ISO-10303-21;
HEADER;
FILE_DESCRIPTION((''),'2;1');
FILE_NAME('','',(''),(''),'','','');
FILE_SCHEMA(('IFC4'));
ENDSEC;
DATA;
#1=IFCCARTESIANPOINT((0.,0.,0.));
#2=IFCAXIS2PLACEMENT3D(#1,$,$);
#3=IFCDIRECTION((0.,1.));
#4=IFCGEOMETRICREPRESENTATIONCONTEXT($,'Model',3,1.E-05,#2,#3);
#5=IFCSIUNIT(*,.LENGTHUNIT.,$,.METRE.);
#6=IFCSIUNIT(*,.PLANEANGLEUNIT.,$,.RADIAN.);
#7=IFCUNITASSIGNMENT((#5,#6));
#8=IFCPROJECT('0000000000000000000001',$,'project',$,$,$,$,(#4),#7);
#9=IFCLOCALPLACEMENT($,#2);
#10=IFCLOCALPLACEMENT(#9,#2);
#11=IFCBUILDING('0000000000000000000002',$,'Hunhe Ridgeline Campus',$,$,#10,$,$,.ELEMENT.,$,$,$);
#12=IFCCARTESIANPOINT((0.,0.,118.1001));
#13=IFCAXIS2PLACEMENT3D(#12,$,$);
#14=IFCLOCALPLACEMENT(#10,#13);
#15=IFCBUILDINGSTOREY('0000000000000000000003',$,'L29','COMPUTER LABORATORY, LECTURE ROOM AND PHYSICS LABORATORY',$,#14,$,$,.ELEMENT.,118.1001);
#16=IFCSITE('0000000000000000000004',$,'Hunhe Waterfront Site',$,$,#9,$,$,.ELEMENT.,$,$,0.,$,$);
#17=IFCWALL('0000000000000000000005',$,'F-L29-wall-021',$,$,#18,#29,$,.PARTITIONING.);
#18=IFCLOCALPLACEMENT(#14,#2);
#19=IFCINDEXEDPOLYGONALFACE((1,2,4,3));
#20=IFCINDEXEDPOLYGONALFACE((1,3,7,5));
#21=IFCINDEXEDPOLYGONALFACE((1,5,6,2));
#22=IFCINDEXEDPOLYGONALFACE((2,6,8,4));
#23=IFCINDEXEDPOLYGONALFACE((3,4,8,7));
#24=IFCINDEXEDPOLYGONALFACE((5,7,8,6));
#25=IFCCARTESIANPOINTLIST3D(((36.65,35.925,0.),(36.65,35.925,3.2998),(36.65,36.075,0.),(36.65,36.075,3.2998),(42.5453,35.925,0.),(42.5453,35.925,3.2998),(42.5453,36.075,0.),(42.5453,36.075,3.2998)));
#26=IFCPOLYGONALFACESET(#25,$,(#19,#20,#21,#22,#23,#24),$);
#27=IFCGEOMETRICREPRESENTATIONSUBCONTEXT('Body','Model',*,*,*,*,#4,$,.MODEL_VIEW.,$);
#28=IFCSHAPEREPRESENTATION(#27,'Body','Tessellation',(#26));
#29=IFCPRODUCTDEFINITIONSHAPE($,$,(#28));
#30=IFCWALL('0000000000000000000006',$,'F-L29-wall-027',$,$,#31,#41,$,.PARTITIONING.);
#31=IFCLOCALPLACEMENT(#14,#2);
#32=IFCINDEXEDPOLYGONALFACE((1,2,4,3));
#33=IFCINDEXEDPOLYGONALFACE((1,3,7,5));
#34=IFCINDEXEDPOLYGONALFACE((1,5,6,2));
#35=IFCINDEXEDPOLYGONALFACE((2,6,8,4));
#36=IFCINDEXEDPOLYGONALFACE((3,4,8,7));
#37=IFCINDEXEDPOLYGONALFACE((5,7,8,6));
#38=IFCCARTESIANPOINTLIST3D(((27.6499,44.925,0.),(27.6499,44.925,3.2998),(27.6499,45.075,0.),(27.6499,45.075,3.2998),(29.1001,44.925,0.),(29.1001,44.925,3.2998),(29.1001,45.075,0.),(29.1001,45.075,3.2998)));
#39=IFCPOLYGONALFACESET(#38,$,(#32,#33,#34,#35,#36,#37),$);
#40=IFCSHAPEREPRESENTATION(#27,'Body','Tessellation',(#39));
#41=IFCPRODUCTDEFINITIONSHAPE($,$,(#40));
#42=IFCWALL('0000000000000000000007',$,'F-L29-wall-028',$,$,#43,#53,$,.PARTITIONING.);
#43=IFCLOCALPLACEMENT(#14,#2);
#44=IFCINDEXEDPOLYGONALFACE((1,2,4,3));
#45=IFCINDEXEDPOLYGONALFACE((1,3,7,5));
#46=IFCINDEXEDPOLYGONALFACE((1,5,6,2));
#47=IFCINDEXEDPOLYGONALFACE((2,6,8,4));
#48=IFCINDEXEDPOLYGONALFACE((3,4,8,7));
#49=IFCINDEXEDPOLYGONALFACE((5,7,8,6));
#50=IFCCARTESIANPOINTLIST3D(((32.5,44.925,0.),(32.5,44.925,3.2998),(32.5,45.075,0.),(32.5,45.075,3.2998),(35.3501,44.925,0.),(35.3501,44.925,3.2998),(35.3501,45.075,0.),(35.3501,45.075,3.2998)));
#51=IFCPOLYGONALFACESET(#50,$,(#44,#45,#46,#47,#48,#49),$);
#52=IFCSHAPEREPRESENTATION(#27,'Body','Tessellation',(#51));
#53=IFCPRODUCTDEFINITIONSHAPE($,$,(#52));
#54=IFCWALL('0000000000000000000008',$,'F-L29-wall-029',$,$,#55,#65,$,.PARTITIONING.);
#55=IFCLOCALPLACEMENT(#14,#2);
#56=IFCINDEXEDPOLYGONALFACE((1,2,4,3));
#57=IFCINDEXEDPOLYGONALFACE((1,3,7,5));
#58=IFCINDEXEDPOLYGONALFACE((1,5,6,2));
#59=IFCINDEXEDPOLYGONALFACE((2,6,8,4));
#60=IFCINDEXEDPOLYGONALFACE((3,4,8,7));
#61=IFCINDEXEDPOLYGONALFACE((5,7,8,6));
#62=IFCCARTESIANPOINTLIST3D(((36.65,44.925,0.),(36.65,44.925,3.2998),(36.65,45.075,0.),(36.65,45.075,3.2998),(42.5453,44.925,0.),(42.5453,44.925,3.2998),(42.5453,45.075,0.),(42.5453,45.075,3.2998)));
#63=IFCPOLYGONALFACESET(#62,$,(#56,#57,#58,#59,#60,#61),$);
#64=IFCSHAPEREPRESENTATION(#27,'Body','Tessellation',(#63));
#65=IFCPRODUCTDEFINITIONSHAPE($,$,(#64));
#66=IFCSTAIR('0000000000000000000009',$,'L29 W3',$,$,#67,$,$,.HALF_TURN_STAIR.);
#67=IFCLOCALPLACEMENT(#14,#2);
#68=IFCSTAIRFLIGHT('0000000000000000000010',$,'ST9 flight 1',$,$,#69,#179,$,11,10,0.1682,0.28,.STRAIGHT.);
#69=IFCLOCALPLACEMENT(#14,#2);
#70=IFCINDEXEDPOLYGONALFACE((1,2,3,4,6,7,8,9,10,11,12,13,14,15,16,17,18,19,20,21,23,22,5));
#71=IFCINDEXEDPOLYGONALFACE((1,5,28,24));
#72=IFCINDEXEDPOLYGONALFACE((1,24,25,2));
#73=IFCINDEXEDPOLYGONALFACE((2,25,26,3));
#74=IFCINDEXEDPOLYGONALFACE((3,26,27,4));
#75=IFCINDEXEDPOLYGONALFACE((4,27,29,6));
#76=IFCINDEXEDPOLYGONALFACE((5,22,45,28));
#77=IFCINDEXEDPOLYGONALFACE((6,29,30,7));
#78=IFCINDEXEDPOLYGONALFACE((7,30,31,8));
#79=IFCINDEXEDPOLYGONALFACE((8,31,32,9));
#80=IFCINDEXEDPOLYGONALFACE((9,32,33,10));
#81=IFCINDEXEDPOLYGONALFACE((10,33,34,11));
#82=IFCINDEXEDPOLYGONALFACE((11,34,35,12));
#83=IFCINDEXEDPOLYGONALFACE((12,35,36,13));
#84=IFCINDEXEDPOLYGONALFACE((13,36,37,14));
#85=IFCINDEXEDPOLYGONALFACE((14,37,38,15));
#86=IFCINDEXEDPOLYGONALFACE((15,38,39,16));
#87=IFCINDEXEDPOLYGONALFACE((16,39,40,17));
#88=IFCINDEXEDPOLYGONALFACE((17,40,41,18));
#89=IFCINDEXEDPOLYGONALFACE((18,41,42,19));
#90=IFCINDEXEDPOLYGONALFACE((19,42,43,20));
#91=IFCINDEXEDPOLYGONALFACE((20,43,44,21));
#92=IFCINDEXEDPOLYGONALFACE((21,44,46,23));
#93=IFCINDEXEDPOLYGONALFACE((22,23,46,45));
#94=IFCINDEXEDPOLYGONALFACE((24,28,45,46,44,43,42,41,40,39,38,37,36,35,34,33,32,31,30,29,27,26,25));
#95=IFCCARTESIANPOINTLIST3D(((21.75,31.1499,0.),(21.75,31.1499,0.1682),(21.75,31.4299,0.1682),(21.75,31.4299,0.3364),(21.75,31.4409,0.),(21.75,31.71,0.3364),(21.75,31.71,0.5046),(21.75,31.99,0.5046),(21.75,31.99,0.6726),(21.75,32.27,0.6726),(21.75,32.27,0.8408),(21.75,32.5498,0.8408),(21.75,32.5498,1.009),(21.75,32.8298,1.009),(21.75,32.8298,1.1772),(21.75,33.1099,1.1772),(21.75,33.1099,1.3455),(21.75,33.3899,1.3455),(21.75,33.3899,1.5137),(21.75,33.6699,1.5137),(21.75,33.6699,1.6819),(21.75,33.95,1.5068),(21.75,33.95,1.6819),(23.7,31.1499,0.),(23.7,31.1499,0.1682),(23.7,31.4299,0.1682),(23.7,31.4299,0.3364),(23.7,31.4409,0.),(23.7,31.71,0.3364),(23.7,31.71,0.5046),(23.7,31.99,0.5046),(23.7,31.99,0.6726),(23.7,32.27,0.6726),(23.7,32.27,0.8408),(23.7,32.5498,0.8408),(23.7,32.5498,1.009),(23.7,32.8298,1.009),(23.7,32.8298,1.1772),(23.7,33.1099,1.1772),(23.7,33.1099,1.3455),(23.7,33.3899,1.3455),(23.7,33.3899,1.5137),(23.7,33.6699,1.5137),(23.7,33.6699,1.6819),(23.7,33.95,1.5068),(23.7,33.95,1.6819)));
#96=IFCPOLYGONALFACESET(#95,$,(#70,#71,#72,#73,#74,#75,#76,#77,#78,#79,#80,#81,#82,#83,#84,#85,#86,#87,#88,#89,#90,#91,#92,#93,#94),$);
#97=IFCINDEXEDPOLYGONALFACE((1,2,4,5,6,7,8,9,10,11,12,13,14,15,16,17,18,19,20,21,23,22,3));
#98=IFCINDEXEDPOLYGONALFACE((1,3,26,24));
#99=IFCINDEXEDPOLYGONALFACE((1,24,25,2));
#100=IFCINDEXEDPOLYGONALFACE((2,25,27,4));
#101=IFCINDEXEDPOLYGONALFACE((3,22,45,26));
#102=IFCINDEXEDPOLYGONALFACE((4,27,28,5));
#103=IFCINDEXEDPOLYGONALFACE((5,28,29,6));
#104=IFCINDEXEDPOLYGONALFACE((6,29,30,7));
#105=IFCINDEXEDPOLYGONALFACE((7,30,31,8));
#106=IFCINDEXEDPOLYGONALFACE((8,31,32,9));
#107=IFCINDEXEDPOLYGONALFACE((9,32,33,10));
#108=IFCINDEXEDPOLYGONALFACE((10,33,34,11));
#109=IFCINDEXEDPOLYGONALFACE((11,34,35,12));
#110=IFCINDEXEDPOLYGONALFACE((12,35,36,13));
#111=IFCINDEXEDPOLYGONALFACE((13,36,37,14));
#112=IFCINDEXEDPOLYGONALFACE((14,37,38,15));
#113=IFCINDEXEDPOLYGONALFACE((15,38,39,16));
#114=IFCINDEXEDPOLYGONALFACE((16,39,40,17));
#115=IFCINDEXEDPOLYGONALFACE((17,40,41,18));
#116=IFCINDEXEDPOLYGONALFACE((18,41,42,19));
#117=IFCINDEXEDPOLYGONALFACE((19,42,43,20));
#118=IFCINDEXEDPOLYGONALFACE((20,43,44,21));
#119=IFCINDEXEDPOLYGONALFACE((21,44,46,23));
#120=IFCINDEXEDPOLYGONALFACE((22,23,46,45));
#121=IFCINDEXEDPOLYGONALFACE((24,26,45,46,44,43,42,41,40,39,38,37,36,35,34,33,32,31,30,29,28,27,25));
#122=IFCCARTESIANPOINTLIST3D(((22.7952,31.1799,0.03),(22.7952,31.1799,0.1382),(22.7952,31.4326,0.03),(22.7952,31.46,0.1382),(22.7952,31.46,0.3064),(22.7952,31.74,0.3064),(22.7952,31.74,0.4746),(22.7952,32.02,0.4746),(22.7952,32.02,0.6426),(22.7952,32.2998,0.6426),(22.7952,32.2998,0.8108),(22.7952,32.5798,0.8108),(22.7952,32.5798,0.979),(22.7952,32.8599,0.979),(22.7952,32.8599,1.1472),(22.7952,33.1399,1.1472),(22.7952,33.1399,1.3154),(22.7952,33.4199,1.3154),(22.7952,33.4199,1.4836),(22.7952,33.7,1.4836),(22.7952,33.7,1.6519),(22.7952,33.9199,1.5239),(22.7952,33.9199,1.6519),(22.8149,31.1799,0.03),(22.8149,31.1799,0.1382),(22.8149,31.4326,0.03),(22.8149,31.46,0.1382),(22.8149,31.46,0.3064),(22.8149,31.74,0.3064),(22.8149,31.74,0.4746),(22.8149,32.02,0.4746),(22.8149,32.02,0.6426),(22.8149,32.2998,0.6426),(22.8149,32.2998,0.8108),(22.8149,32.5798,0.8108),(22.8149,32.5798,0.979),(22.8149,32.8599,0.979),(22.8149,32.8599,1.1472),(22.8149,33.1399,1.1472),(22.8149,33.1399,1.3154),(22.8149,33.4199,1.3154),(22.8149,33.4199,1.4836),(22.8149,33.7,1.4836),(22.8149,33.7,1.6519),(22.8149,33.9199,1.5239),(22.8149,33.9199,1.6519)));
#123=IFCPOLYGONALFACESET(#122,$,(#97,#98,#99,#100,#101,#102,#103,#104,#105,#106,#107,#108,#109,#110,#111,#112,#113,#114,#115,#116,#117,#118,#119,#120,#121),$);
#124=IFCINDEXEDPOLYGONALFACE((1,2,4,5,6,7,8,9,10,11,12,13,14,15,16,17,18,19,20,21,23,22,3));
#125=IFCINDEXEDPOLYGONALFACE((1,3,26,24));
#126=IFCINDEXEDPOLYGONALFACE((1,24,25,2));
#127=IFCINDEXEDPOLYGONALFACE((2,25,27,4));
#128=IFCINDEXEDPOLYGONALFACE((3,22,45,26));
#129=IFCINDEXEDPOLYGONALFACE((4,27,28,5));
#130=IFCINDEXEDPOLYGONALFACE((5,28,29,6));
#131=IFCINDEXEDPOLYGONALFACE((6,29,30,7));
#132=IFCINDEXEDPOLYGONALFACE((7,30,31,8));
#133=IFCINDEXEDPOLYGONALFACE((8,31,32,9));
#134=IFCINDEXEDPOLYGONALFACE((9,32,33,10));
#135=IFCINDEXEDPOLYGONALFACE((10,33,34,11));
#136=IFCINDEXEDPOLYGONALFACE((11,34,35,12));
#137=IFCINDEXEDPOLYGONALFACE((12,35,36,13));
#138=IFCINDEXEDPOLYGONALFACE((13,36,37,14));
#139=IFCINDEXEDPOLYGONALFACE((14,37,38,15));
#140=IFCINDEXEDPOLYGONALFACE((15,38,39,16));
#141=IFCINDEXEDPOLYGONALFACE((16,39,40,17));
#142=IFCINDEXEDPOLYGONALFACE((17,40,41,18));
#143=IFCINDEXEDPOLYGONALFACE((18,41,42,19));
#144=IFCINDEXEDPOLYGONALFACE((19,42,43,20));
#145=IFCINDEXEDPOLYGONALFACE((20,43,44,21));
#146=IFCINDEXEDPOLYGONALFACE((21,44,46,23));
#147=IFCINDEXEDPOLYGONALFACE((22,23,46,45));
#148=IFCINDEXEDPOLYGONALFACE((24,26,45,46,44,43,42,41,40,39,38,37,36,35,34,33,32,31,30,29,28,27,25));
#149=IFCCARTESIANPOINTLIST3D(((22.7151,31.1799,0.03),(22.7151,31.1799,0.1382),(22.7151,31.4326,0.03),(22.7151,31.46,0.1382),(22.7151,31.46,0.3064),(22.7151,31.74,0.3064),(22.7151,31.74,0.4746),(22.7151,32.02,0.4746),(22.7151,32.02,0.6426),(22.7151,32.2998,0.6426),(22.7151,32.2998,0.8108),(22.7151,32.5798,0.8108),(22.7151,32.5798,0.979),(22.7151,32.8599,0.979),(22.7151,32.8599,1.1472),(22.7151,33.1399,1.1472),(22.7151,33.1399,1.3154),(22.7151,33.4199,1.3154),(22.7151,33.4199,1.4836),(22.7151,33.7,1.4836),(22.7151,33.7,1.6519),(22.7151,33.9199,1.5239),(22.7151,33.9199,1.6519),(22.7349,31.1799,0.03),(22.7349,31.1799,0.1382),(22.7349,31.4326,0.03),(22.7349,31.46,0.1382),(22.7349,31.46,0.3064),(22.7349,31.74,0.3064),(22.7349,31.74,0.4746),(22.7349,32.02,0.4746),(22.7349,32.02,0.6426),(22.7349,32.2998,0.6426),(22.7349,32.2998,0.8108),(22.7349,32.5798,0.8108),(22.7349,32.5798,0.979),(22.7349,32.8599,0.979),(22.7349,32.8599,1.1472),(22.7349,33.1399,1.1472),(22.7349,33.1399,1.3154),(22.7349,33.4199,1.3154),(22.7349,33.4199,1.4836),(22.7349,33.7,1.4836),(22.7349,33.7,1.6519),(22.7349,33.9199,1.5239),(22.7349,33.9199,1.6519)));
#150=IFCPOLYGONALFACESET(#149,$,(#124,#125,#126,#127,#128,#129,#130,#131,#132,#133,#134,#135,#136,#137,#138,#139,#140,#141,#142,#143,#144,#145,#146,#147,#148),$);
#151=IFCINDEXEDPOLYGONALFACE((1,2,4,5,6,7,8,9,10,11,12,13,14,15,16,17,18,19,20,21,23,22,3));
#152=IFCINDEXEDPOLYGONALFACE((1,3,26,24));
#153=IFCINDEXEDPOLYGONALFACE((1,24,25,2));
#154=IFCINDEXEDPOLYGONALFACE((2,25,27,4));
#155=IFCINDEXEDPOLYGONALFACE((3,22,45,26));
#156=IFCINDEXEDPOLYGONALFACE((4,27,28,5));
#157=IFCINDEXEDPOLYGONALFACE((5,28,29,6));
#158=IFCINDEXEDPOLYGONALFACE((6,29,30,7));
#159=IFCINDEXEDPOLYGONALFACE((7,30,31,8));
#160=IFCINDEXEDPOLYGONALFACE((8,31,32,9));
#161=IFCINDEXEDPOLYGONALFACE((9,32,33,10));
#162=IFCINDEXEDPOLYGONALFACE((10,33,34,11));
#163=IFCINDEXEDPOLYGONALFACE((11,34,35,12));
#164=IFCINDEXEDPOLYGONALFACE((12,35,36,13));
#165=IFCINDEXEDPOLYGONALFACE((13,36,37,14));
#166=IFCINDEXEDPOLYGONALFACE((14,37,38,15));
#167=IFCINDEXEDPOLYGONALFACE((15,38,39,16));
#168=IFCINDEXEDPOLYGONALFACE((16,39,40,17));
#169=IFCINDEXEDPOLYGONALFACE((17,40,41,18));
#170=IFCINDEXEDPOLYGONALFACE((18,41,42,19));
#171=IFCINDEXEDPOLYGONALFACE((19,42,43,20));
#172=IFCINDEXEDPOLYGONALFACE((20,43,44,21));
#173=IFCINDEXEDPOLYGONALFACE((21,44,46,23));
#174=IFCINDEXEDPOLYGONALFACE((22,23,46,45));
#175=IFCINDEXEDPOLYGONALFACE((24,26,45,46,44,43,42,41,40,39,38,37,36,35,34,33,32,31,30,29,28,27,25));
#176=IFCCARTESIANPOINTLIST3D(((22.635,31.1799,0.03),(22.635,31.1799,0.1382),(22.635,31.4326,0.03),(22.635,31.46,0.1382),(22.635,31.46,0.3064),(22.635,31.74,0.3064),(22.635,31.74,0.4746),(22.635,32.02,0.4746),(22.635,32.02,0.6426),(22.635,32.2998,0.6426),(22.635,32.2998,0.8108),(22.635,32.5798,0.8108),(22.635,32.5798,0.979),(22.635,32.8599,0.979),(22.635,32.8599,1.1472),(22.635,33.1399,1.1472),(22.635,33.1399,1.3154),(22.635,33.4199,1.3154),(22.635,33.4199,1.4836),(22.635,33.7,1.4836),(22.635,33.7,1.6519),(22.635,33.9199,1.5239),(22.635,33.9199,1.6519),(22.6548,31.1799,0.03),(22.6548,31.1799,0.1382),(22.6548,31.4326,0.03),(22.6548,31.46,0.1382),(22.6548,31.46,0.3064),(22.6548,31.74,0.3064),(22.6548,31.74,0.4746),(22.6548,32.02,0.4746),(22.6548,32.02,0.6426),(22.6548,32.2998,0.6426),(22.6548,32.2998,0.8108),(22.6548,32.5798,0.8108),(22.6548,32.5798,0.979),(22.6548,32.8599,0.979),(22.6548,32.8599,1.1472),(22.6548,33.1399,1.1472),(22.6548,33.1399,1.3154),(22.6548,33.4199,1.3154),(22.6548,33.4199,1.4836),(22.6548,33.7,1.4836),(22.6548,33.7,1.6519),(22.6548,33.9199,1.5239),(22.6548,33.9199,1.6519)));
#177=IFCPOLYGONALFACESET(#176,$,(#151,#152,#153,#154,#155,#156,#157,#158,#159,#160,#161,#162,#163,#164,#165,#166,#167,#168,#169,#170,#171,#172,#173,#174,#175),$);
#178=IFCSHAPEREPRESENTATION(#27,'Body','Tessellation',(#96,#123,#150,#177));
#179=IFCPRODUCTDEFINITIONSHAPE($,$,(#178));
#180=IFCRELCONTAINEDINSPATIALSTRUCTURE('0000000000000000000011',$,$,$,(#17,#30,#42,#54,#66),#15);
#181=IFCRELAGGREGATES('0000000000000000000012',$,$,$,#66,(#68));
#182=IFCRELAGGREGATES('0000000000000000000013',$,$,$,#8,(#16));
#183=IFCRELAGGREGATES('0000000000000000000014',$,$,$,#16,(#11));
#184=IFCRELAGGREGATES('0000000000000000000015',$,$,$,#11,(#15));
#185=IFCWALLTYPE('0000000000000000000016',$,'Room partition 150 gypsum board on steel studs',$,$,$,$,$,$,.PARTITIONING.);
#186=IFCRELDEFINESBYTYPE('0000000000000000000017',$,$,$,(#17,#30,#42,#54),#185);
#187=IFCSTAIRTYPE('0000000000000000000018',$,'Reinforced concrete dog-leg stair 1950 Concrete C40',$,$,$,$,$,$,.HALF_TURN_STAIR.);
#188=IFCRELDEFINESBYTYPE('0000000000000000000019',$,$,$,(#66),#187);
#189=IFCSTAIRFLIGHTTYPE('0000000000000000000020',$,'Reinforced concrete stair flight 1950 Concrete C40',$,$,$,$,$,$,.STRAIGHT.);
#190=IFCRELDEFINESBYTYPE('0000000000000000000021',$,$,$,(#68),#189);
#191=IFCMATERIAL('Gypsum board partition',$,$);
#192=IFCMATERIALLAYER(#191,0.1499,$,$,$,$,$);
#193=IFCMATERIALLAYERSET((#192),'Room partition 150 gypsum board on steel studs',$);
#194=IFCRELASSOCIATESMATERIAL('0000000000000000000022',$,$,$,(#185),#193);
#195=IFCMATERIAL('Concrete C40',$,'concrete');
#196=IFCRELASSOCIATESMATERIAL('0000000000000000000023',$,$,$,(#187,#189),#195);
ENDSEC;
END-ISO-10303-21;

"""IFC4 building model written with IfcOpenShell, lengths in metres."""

from ifc_helpers import new_model, si_unit, direction, frame, frame_2d, origin, place, context, subcontext, project, spatial, polyline, rectangle, outline, extrude, material, layer, layer_set, type_object, element, aggregate, save


model = new_model("IFC4")

# Units and contexts
model_context = context("Model", 3, precision=1e-05, world=origin(), true_north=direction((0.0, 1.0)))
body_context = subcontext(model_context, "Body", "Model", "MODEL_VIEW")
ifc_project = project(units=[si_unit("LENGTHUNIT", "METRE"), si_unit("PLANEANGLEUNIT", "RADIAN")], contexts=[model_context])

# Site, building, storey
site_placement = place(None, origin())
site = spatial("IfcSite", under=ifc_project, at=site_placement, Name="Hunhe Waterfront Site", CompositionType="ELEMENT", RefElevation=0.0)
building_placement = place(site_placement, origin())
building = spatial("IfcBuilding", under=site, at=building_placement, Name="Hunhe Ridgeline Campus", CompositionType="ELEMENT")
storey_placement = place(building_placement, frame((0.0, 0.0, 118.1001)))
storey = spatial("IfcBuildingStorey", under=building, at=storey_placement, Name="L29", Description="COMPUTER LABORATORY, LECTURE ROOM AND PHYSICS LABORATORY", CompositionType="ELEMENT", Elevation=118.1001)

# Shared definitions
ifc_material_1 = material(Name="Gypsum board partition")

# Walls
ifc_layer_1 = layer(ifc_material_1, 0.1499)
ifc_layer_set_1 = layer_set([ifc_layer_1], Name="Room partition 150 gypsum board on steel studs")
wall_type_1 = type_object("IfcWallType", Name="Room partition 150 gypsum board on steel studs", PredefinedType="PARTITIONING", material=ifc_layer_set_1)
wall_1_placement = place(storey_placement, frame((36.6499, 36.0, 0.0), z_axis=(0.0, 0.0, 1.0), x_axis=(1.0, 0.0, 0.0)))
element("IfcWall", 1, at=wall_1_placement, inside=storey, type_object=wall_type_1, Name="F-L29-wall-021", PredefinedType="PARTITIONING", context=body_context, shape_type="SweptSolid", body=[
    extrude(rectangle(XDim=5.8953, YDim=0.1499, at=frame_2d((2.9478, 0.0))), origin(), (0.0, 0.0, 1.0), 3.2998),
])
wall_2_placement = place(storey_placement, frame((27.6499, 45.0, 0.0), z_axis=(0.0, 0.0, 1.0), x_axis=(1.0, 0.0, 0.0)))
element("IfcWall", 2, at=wall_2_placement, inside=storey, type_object=wall_type_1, Name="F-L29-wall-027", PredefinedType="PARTITIONING", context=body_context, shape_type="SweptSolid", body=[
    extrude(rectangle(XDim=1.4502, YDim=0.1499, at=frame_2d((0.7251, 0.0))), origin(), (0.0, 0.0, 1.0), 3.2998),
])
wall_3_placement = place(storey_placement, frame((32.5, 45.0, 0.0), z_axis=(0.0, 0.0, 1.0), x_axis=(1.0, 0.0, 0.0)))
element("IfcWall", 3, at=wall_3_placement, inside=storey, type_object=wall_type_1, Name="F-L29-wall-028", PredefinedType="PARTITIONING", context=body_context, shape_type="SweptSolid", body=[
    extrude(rectangle(XDim=2.8501, YDim=0.1499, at=frame_2d((1.425, 0.0))), origin(), (0.0, 0.0, 1.0), 3.2998),
])
wall_4_placement = place(storey_placement, frame((36.6499, 45.0, 0.0), z_axis=(0.0, 0.0, 1.0), x_axis=(1.0, 0.0, 0.0)))
element("IfcWall", 4, at=wall_4_placement, inside=storey, type_object=wall_type_1, Name="F-L29-wall-029", PredefinedType="PARTITIONING", context=body_context, shape_type="SweptSolid", body=[
    extrude(rectangle(XDim=5.8953, YDim=0.1499, at=frame_2d((2.9478, 0.0))), origin(), (0.0, 0.0, 1.0), 3.2998),
])

# Stair, stair flight
ifc_material_2 = material(Name="Concrete C40", Category="concrete")
stair_type = type_object("IfcStairType", Name="Reinforced concrete dog-leg stair 1950 Concrete C40", PredefinedType="HALF_TURN_STAIR", material=ifc_material_2)
stair_placement = place(storey_placement, origin())
stair = element("IfcStair", 5, at=stair_placement, inside=storey, type_object=stair_type, Name="L29 W3", PredefinedType="HALF_TURN_STAIR")
stair_flight_type = type_object("IfcStairFlightType", Name="Reinforced concrete stair flight 1950 Concrete C40", PredefinedType="STRAIGHT", material=ifc_material_2)
stair_flight_placement = place(storey_placement, frame((22.7251, 31.1499, 0.0), z_axis=(0.0, 0.0, 1.0), x_axis=(0.0, 1.0, 0.0)))
stair_flight = element("IfcStairFlight", 6, at=stair_flight_placement, type_object=stair_flight_type, Name="ST9 flight 1", NumberOfRisers=11, NumberOfTreads=10, PredefinedType="STRAIGHT", RiserHeight=0.1682, TreadLength=0.28, context=body_context, shape_type="SweptSolid", body=[
    extrude(outline(polyline([(0.0, 0.0), (0.0, 0.1682), (0.28, 0.1682), (0.28, 0.3364), (0.5601, 0.3364), (0.5601, 0.5046), (0.8401, 0.5046), (0.8401, 0.6726), (1.1201, 0.6726), (1.1201, 0.8408), (1.3999, 0.8408), (1.3999, 1.009), (1.6799, 1.009), (1.6799, 1.1772), (1.96, 1.1772), (1.96, 1.3455), (2.24, 1.3455), (2.24, 1.5137), (2.52, 1.5137), (2.52, 1.6819), (2.8, 1.6819), (2.8, 1.8501), (2.8, 1.5068), (0.291, 0.0), (0.0, 0.0)])), frame((0.0, 0.9751, 0.0), z_axis=(0.0, -1.0, 0.0), x_axis=(1.0, 0.0, 0.0)), (0.0, 0.0, 1.0), 1.95),
    extrude(outline(polyline([(0.03, 0.03), (0.03, 0.1382), (0.3101, 0.1382), (0.3101, 0.3064), (0.5901, 0.3064), (0.5901, 0.4746), (0.8701, 0.4746), (0.8701, 0.6426), (1.1499, 0.6426), (1.1499, 0.8108), (1.4299, 0.8108), (1.4299, 0.979), (1.71, 0.979), (1.71, 1.1472), (1.99, 1.1472), (1.99, 1.3154), (2.27, 1.3154), (2.27, 1.4836), (2.55, 1.4836), (2.55, 1.6519), (2.77, 1.6519), (2.77, 1.5239), (0.2827, 0.03), (0.03, 0.03)])), frame((0.0, -0.0701, 0.0), z_axis=(0.0, -1.0, 0.0), x_axis=(1.0, 0.0, 0.0)), (0.0, 0.0, 1.0), 0.0198),
    extrude(outline(polyline([(0.03, 0.03), (0.03, 0.1382), (0.3101, 0.1382), (0.3101, 0.3064), (0.5901, 0.3064), (0.5901, 0.4746), (0.8701, 0.4746), (0.8701, 0.6426), (1.1499, 0.6426), (1.1499, 0.8108), (1.4299, 0.8108), (1.4299, 0.979), (1.71, 0.979), (1.71, 1.1472), (1.99, 1.1472), (1.99, 1.3154), (2.27, 1.3154), (2.27, 1.4836), (2.55, 1.4836), (2.55, 1.6519), (2.77, 1.6519), (2.77, 1.5239), (0.2827, 0.03), (0.03, 0.03)])), frame((0.0, 0.01, 0.0), z_axis=(0.0, -1.0, 0.0), x_axis=(1.0, 0.0, 0.0)), (0.0, 0.0, 1.0), 0.0198),
    extrude(outline(polyline([(0.03, 0.03), (0.03, 0.1382), (0.3101, 0.1382), (0.3101, 0.3064), (0.5901, 0.3064), (0.5901, 0.4746), (0.8701, 0.4746), (0.8701, 0.6426), (1.1499, 0.6426), (1.1499, 0.8108), (1.4299, 0.8108), (1.4299, 0.979), (1.71, 0.979), (1.71, 1.1472), (1.99, 1.1472), (1.99, 1.3154), (2.27, 1.3154), (2.27, 1.4836), (2.55, 1.4836), (2.55, 1.6519), (2.77, 1.6519), (2.77, 1.5239), (0.2827, 0.03), (0.03, 0.03)])), frame((0.0, 0.0901, 0.0), z_axis=(0.0, -1.0, 0.0), x_axis=(1.0, 0.0, 0.0)), (0.0, 0.0, 1.0), 0.0198),
])
aggregate(stair, [stair_flight])

save(model, "model.ifc")
